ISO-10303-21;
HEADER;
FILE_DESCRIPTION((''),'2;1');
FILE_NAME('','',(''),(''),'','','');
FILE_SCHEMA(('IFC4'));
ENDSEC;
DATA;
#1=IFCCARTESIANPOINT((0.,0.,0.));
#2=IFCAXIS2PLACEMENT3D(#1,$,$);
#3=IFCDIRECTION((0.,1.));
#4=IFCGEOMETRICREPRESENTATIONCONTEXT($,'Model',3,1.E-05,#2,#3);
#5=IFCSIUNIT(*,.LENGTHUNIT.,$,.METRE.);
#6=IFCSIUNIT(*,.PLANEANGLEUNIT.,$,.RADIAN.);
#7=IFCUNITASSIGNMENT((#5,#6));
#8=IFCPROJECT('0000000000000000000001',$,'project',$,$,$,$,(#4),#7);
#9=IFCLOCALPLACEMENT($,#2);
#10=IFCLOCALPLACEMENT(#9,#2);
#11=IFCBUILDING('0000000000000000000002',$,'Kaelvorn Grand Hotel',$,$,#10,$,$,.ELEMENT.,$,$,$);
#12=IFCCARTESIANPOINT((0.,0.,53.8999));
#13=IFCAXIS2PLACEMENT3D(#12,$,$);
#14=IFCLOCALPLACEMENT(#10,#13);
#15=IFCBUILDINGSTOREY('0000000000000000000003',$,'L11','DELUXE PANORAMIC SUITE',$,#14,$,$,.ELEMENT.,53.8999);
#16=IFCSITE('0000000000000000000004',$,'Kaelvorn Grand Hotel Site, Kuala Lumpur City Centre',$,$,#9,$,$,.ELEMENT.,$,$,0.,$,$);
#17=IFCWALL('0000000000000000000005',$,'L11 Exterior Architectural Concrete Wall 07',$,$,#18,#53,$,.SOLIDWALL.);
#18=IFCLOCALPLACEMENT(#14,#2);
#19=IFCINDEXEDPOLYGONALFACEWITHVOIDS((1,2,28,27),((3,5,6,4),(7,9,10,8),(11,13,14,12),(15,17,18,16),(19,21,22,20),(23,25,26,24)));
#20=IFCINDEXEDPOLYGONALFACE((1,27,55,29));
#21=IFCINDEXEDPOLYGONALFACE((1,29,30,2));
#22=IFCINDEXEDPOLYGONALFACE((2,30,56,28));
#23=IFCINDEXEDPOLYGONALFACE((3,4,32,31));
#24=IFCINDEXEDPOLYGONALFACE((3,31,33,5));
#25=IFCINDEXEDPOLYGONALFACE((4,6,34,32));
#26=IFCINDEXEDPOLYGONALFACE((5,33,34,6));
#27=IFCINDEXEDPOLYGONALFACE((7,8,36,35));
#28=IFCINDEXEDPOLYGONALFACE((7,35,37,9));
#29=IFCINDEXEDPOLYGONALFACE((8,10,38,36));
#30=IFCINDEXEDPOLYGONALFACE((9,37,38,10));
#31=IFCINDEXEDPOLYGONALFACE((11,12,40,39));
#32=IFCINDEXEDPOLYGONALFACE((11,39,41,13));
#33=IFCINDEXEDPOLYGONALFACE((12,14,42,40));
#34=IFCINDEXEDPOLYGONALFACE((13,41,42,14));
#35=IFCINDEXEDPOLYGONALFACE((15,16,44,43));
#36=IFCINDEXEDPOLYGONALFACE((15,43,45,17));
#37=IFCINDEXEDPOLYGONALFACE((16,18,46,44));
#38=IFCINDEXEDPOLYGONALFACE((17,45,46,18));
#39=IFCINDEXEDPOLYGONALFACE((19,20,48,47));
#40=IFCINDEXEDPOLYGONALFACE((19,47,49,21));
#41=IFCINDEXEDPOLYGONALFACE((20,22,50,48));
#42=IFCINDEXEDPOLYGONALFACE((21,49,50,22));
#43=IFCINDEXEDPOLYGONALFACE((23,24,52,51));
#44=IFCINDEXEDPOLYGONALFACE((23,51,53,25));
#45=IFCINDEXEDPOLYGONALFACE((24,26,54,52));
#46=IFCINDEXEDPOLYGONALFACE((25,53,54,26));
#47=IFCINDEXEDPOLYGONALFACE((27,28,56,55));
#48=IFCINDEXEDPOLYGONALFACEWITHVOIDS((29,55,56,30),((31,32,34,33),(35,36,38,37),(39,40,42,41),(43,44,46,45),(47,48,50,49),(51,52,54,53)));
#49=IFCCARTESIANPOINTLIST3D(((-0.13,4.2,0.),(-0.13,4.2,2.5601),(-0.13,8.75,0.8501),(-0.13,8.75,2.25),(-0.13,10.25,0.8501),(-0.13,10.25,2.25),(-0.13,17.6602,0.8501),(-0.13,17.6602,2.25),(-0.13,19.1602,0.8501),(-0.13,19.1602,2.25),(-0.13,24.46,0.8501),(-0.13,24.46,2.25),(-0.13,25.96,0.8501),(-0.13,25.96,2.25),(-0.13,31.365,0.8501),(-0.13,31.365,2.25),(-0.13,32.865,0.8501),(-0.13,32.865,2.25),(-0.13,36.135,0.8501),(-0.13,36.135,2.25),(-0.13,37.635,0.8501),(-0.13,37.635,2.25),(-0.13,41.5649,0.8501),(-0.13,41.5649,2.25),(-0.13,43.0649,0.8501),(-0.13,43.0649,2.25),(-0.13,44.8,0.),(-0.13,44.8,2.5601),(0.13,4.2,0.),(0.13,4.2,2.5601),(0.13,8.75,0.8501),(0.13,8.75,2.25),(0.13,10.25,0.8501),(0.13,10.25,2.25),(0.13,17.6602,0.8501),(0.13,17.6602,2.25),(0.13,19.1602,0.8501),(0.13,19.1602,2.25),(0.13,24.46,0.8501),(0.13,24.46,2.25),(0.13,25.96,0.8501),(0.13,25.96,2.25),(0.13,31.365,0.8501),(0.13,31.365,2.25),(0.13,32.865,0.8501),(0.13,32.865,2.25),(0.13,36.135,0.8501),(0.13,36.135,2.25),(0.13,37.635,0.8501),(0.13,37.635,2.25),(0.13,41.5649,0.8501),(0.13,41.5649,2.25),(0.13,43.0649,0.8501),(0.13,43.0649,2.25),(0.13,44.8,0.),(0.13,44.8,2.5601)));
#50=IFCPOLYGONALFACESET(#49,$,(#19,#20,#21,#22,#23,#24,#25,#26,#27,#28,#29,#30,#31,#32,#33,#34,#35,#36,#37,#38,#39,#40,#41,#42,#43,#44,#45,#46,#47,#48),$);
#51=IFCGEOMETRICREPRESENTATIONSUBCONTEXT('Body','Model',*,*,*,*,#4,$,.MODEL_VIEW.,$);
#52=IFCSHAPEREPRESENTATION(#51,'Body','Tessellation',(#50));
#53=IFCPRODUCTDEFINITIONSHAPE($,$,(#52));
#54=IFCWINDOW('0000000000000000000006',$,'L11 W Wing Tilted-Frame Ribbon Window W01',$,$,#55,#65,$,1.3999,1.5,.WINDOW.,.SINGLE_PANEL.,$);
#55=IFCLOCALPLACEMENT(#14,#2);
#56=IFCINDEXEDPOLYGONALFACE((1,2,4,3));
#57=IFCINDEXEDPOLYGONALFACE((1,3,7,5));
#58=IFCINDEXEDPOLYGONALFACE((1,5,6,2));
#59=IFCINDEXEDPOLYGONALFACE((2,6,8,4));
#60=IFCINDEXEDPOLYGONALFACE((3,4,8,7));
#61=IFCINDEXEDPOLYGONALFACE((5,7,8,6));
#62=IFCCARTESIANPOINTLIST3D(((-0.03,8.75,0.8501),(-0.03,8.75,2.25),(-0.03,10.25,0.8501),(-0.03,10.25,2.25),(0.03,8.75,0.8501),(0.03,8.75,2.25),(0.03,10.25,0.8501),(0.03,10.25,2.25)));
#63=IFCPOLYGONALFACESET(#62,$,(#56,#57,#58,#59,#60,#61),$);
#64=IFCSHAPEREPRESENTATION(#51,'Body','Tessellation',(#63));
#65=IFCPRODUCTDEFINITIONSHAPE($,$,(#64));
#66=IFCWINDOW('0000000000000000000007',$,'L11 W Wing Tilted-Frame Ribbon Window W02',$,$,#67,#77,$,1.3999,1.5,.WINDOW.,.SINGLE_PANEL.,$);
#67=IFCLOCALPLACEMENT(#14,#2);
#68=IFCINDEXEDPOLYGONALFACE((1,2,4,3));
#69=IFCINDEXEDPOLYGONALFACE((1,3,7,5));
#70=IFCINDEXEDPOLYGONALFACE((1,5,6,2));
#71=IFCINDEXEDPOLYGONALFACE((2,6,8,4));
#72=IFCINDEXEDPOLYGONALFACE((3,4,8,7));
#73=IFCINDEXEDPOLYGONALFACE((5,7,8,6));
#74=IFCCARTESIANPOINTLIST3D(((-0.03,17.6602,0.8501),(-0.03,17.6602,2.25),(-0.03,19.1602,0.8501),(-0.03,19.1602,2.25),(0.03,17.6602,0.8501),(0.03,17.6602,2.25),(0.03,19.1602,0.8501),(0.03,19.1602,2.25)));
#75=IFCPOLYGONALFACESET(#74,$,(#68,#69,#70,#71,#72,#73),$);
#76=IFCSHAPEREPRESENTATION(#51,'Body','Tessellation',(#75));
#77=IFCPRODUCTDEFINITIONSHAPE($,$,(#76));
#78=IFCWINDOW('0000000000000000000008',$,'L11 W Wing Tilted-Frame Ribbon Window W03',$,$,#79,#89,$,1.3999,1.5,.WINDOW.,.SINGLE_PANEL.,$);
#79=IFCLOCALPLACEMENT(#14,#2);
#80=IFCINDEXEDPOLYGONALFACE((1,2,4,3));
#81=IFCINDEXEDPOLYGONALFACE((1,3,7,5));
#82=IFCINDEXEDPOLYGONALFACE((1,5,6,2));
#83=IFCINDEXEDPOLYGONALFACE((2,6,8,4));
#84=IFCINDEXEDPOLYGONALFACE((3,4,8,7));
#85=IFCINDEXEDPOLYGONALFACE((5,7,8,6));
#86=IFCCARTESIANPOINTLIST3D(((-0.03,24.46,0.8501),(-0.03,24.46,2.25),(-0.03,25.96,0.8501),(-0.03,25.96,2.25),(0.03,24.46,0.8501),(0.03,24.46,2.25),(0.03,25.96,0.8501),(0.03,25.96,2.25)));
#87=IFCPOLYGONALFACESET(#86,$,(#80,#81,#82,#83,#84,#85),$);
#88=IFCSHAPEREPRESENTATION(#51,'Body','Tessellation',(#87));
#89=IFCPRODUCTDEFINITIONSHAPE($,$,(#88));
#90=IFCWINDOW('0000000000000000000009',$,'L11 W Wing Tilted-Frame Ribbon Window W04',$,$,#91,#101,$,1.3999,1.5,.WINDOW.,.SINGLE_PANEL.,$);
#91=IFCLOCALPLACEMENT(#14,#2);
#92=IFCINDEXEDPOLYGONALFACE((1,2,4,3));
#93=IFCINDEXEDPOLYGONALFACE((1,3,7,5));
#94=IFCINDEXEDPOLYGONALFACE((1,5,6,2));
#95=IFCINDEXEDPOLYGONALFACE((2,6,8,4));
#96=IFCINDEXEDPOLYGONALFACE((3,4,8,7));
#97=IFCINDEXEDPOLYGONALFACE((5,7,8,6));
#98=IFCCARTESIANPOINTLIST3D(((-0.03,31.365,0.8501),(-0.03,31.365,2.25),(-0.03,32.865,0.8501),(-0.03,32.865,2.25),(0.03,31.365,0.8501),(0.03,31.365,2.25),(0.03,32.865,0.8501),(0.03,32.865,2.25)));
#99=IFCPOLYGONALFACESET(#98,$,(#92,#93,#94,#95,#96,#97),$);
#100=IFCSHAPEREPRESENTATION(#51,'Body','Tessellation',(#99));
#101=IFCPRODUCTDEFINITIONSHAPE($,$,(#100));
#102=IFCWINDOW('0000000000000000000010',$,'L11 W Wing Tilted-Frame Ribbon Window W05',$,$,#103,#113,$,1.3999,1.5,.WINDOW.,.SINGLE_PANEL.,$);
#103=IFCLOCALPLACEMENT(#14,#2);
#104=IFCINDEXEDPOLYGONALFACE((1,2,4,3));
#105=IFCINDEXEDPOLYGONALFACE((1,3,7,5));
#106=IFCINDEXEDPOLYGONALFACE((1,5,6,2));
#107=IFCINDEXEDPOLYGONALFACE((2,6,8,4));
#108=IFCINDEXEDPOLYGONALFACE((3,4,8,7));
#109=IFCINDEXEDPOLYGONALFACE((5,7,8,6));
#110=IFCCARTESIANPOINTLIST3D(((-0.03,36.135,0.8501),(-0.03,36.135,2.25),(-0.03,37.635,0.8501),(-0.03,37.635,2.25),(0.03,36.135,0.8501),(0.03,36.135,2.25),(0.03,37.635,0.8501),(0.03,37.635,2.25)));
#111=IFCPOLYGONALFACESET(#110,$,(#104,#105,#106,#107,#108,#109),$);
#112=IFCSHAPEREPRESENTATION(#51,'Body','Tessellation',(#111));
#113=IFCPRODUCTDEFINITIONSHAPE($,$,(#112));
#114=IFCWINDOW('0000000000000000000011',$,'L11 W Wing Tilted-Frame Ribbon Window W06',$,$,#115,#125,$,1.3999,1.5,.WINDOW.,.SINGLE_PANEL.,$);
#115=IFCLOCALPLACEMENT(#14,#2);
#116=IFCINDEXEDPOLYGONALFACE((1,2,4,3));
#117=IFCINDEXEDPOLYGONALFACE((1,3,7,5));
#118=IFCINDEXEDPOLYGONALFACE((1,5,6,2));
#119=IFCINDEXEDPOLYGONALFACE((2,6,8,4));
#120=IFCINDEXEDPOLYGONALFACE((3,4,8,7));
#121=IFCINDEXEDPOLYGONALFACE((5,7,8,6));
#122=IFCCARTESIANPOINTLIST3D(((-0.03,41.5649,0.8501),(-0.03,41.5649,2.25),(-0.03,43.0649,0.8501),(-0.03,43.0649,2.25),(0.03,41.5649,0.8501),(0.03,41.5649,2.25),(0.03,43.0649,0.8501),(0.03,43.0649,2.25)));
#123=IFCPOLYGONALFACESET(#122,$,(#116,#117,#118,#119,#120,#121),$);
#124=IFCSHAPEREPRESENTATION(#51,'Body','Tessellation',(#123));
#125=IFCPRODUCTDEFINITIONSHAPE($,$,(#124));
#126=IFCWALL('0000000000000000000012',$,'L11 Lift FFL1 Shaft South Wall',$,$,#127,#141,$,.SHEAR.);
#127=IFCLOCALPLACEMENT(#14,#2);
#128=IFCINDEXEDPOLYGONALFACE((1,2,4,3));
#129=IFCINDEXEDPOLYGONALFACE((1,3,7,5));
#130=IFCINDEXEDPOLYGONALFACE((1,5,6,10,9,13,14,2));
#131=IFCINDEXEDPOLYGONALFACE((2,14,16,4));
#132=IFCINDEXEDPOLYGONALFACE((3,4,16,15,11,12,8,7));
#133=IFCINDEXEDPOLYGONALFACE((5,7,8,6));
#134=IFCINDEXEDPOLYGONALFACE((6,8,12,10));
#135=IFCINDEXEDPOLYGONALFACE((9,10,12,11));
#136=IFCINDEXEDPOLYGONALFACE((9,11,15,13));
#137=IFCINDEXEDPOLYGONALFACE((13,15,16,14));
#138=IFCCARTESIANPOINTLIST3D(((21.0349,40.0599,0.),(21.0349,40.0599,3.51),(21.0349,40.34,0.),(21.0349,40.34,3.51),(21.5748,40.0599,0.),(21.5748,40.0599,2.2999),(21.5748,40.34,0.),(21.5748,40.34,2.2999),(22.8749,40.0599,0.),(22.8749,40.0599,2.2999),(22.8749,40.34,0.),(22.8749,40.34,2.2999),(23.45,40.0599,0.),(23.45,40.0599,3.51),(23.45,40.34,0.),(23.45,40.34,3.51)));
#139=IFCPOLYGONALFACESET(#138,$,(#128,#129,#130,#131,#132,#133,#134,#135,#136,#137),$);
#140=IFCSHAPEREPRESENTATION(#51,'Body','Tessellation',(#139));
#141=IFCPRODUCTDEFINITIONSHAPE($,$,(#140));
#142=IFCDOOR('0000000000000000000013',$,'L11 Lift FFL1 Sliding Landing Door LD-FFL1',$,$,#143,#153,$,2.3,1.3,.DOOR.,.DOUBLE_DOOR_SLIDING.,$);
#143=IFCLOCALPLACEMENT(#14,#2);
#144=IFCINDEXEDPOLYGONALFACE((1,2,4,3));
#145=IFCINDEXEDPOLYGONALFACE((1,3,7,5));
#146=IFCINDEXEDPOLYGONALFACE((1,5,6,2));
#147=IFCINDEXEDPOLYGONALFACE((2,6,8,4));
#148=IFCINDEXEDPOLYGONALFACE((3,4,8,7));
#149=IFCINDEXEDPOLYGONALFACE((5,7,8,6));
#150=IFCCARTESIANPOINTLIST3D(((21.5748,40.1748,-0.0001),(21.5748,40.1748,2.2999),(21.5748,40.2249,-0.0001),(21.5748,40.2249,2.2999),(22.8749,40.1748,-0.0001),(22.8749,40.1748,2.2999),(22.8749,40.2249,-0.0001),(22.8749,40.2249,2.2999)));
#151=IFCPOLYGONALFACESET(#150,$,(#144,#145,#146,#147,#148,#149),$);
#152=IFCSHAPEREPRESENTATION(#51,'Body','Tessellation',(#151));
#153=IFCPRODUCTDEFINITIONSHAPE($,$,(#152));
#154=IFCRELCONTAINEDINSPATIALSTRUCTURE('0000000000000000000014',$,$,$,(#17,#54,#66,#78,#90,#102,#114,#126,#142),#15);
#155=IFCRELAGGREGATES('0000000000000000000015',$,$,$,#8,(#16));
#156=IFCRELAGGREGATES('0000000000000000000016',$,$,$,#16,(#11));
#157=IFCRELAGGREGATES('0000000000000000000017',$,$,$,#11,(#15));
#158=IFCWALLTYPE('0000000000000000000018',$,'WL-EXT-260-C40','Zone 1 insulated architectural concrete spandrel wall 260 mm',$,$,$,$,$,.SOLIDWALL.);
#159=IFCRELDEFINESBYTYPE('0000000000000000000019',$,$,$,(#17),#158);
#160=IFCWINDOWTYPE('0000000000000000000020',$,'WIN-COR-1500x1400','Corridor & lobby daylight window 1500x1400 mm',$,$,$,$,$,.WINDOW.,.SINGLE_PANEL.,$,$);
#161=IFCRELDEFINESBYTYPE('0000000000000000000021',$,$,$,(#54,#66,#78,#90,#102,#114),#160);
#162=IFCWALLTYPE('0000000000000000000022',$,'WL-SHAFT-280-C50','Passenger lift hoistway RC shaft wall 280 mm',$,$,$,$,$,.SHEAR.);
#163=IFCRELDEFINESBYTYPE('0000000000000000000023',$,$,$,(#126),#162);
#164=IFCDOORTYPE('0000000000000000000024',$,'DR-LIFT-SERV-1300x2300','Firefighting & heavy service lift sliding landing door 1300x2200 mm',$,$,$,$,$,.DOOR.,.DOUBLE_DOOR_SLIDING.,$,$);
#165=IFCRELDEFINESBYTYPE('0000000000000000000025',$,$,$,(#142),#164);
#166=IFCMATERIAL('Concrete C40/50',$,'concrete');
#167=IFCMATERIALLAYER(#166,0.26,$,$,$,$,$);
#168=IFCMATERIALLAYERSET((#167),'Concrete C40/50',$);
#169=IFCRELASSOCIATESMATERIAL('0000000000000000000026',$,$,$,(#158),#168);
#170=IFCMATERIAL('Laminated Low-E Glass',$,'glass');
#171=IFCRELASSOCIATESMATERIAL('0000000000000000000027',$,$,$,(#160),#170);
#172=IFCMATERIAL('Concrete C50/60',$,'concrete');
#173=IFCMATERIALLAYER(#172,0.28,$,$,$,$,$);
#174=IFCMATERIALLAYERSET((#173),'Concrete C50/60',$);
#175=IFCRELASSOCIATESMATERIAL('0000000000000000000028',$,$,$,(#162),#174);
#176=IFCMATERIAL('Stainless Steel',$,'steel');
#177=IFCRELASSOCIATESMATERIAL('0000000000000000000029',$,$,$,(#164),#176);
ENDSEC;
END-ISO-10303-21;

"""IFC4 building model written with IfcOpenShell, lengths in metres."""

from ifc_helpers import new_model, si_unit, direction, frame, frame_2d, origin, place, context, subcontext, project, spatial, rectangle, extrude, material, layer, layer_set, type_object, element, fill, save


model = new_model("IFC4")

# Units and contexts
model_context = context("Model", 3, precision=1e-05, world=origin(), true_north=direction((0.0, 1.0)))
body_context = subcontext(model_context, "Body", "Model", "MODEL_VIEW")
ifc_project = project(units=[si_unit("LENGTHUNIT", "METRE"), si_unit("PLANEANGLEUNIT", "RADIAN")], contexts=[model_context])

# Site, building, storey
site_placement = place(None, origin())
site = spatial("IfcSite", under=ifc_project, at=site_placement, Name="Kaelvorn Grand Hotel Site, Kuala Lumpur City Centre", CompositionType="ELEMENT", RefElevation=0.0)
building_placement = place(site_placement, origin())
building = spatial("IfcBuilding", under=site, at=building_placement, Name="Kaelvorn Grand Hotel", CompositionType="ELEMENT")
storey_placement = place(building_placement, frame((0.0, 0.0, 53.8999)))
storey = spatial("IfcBuildingStorey", under=building, at=storey_placement, Name="L11", Description="DELUXE PANORAMIC SUITE", CompositionType="ELEMENT", Elevation=53.8999)

# Shared definitions
ifc_material_1 = material(Name="Concrete C40/50", Category="concrete")
ifc_layer_1 = layer(ifc_material_1, 0.26)
ifc_layer_set_1 = layer_set([ifc_layer_1], Name="Concrete C40/50")
wall_type_1 = type_object("IfcWallType", Name="WL-EXT-260-C40", Description="Zone 1 insulated architectural concrete spandrel wall 260 mm", PredefinedType="SOLIDWALL", material=ifc_layer_set_1)

# Wall, openings, windows
wall_1_placement = place(storey_placement, frame((0.0, 44.8, 0.0), z_axis=(0.0, 0.0, 1.0), x_axis=(0.0, -1.0, 0.0)))
wall_1 = element("IfcWall", 1, at=wall_1_placement, inside=storey, type_object=wall_type_1, Name="L11 Exterior Architectural Concrete Wall 07", PredefinedType="SOLIDWALL", context=body_context, shape_type="SweptSolid", body=[
    extrude(rectangle(XDim=40.6001, YDim=0.26, at=frame_2d((20.3, 0.0))), origin(), (0.0, 0.0, 1.0), 2.5601),
])
opening_1_placement = place(wall_1_placement, frame((34.55, 0.0, 0.8501)))
opening_1 = element("IfcOpeningElement", 2, at=opening_1_placement, cuts=wall_1, PredefinedType="OPENING", context=body_context, shape_type="SweptSolid", body=[
    extrude(rectangle(XDim=1.5, YDim=1.3999, at=frame_2d((0.75, 0.7))), frame((0.0, 0.1401, 0.0), z_axis=(0.0, -1.0, 0.0), x_axis=(1.0, 0.0, 0.0)), (0.0, 0.0, 1.0), 0.28),
])
opening_2_placement = place(wall_1_placement, frame((25.6399, 0.0, 0.8501)))
opening_2 = element("IfcOpeningElement", 3, at=opening_2_placement, cuts=wall_1, PredefinedType="OPENING", context=body_context, shape_type="SweptSolid", body=[
    extrude(rectangle(XDim=1.5, YDim=1.3999, at=frame_2d((0.75, 0.7))), frame((0.0, 0.1401, 0.0), z_axis=(0.0, -1.0, 0.0), x_axis=(1.0, 0.0, 0.0)), (0.0, 0.0, 1.0), 0.28),
])
opening_3_placement = place(wall_1_placement, frame((18.8401, 0.0, 0.8501)))
opening_3 = element("IfcOpeningElement", 4, at=opening_3_placement, cuts=wall_1, PredefinedType="OPENING", context=body_context, shape_type="SweptSolid", body=[
    extrude(rectangle(XDim=1.5, YDim=1.3999, at=frame_2d((0.75, 0.7))), frame((0.0, 0.1401, 0.0), z_axis=(0.0, -1.0, 0.0), x_axis=(1.0, 0.0, 0.0)), (0.0, 0.0, 1.0), 0.28),
])
opening_4_placement = place(wall_1_placement, frame((11.9351, 0.0, 0.8501)))
opening_4 = element("IfcOpeningElement", 5, at=opening_4_placement, cuts=wall_1, PredefinedType="OPENING", context=body_context, shape_type="SweptSolid", body=[
    extrude(rectangle(XDim=1.5, YDim=1.3999, at=frame_2d((0.75, 0.7))), frame((0.0, 0.1401, 0.0), z_axis=(0.0, -1.0, 0.0), x_axis=(1.0, 0.0, 0.0)), (0.0, 0.0, 1.0), 0.28),
])
opening_5_placement = place(wall_1_placement, frame((7.165, 0.0, 0.8501)))
opening_5 = element("IfcOpeningElement", 6, at=opening_5_placement, cuts=wall_1, PredefinedType="OPENING", context=body_context, shape_type="SweptSolid", body=[
    extrude(rectangle(XDim=1.5, YDim=1.3999, at=frame_2d((0.75, 0.7))), frame((0.0, 0.1401, 0.0), z_axis=(0.0, -1.0, 0.0), x_axis=(1.0, 0.0, 0.0)), (0.0, 0.0, 1.0), 0.28),
])
opening_6_placement = place(wall_1_placement, frame((1.7351, 0.0, 0.8501)))
opening_6 = element("IfcOpeningElement", 7, at=opening_6_placement, cuts=wall_1, PredefinedType="OPENING", context=body_context, shape_type="SweptSolid", body=[
    extrude(rectangle(XDim=1.5, YDim=1.3999, at=frame_2d((0.75, 0.7))), frame((0.0, 0.1401, 0.0), z_axis=(0.0, -1.0, 0.0), x_axis=(1.0, 0.0, 0.0)), (0.0, 0.0, 1.0), 0.28),
])
ifc_material_2 = material(Name="Laminated Low-E Glass", Category="glass")
window_type = type_object("IfcWindowType", Name="WIN-COR-1500x1400", Description="Corridor & lobby daylight window 1500x1400 mm", PartitioningType="SINGLE_PANEL", PredefinedType="WINDOW", material=ifc_material_2)
window_1_placement = place(opening_1_placement, origin())
window_1 = element("IfcWindow", 8, at=window_1_placement, inside=storey, type_object=window_type, Name="L11 W Wing Tilted-Frame Ribbon Window W01", OverallHeight=1.3999, OverallWidth=1.5, PartitioningType="SINGLE_PANEL", PredefinedType="WINDOW", context=body_context, shape_type="SweptSolid", body=[
    extrude(rectangle(XDim=1.5, YDim=1.3999, at=frame_2d((0.75, 0.7))), frame((0.0, 0.03, 0.0), z_axis=(0.0, -1.0, 0.0), x_axis=(1.0, 0.0, 0.0)), (0.0, 0.0, 1.0), 0.0601),
])
fill(opening_1, window_1)
window_2_placement = place(opening_2_placement, origin())
window_2 = element("IfcWindow", 9, at=window_2_placement, inside=storey, type_object=window_type, Name="L11 W Wing Tilted-Frame Ribbon Window W02", OverallHeight=1.3999, OverallWidth=1.5, PartitioningType="SINGLE_PANEL", PredefinedType="WINDOW", context=body_context, shape_type="SweptSolid", body=[
    extrude(rectangle(XDim=1.5, YDim=1.3999, at=frame_2d((0.75, 0.7))), frame((0.0, 0.03, 0.0), z_axis=(0.0, -1.0, 0.0), x_axis=(1.0, 0.0, 0.0)), (0.0, 0.0, 1.0), 0.0601),
])
fill(opening_2, window_2)
window_3_placement = place(opening_3_placement, origin())
window_3 = element("IfcWindow", 10, at=window_3_placement, inside=storey, type_object=window_type, Name="L11 W Wing Tilted-Frame Ribbon Window W03", OverallHeight=1.3999, OverallWidth=1.5, PartitioningType="SINGLE_PANEL", PredefinedType="WINDOW", context=body_context, shape_type="SweptSolid", body=[
    extrude(rectangle(XDim=1.5, YDim=1.3999, at=frame_2d((0.75, 0.7))), frame((0.0, 0.03, 0.0), z_axis=(0.0, -1.0, 0.0), x_axis=(1.0, 0.0, 0.0)), (0.0, 0.0, 1.0), 0.0601),
])
fill(opening_3, window_3)
window_4_placement = place(opening_4_placement, origin())
window_4 = element("IfcWindow", 11, at=window_4_placement, inside=storey, type_object=window_type, Name="L11 W Wing Tilted-Frame Ribbon Window W04", OverallHeight=1.3999, OverallWidth=1.5, PartitioningType="SINGLE_PANEL", PredefinedType="WINDOW", context=body_context, shape_type="SweptSolid", body=[
    extrude(rectangle(XDim=1.5, YDim=1.3999, at=frame_2d((0.75, 0.7))), frame((0.0, 0.03, 0.0), z_axis=(0.0, -1.0, 0.0), x_axis=(1.0, 0.0, 0.0)), (0.0, 0.0, 1.0), 0.0601),
])
fill(opening_4, window_4)
window_5_placement = place(opening_5_placement, origin())
window_5 = element("IfcWindow", 12, at=window_5_placement, inside=storey, type_object=window_type, Name="L11 W Wing Tilted-Frame Ribbon Window W05", OverallHeight=1.3999, OverallWidth=1.5, PartitioningType="SINGLE_PANEL", PredefinedType="WINDOW", context=body_context, shape_type="SweptSolid", body=[
    extrude(rectangle(XDim=1.5, YDim=1.3999, at=frame_2d((0.75, 0.7))), frame((0.0, 0.03, 0.0), z_axis=(0.0, -1.0, 0.0), x_axis=(1.0, 0.0, 0.0)), (0.0, 0.0, 1.0), 0.0601),
])
fill(opening_5, window_5)
window_6_placement = place(opening_6_placement, origin())
window_6 = element("IfcWindow", 13, at=window_6_placement, inside=storey, type_object=window_type, Name="L11 W Wing Tilted-Frame Ribbon Window W06", OverallHeight=1.3999, OverallWidth=1.5, PartitioningType="SINGLE_PANEL", PredefinedType="WINDOW", context=body_context, shape_type="SweptSolid", body=[
    extrude(rectangle(XDim=1.5, YDim=1.3999, at=frame_2d((0.75, 0.7))), frame((0.0, 0.03, 0.0), z_axis=(0.0, -1.0, 0.0), x_axis=(1.0, 0.0, 0.0)), (0.0, 0.0, 1.0), 0.0601),
])
fill(opening_6, window_6)

# Wall, opening, door
ifc_material_3 = material(Name="Concrete C50/60", Category="concrete")
ifc_layer_2 = layer(ifc_material_3, 0.28)
ifc_layer_set_2 = layer_set([ifc_layer_2], Name="Concrete C50/60")
wall_type_2 = type_object("IfcWallType", Name="WL-SHAFT-280-C50", Description="Passenger lift hoistway RC shaft wall 280 mm", PredefinedType="SHEAR", material=ifc_layer_set_2)
wall_2_placement = place(storey_placement, frame((21.0349, 40.2, 0.0), z_axis=(0.0, 0.0, 1.0), x_axis=(1.0, 0.0, 0.0)))
wall_2 = element("IfcWall", 14, at=wall_2_placement, inside=storey, type_object=wall_type_2, Name="L11 Lift FFL1 Shaft South Wall", PredefinedType="SHEAR", context=body_context, shape_type="SweptSolid", body=[
    extrude(rectangle(XDim=2.415, YDim=0.28, at=frame_2d((1.2075, 0.0))), origin(), (0.0, 0.0, 1.0), 3.51),
])
opening_7_placement = place(wall_2_placement, frame((0.54, 0.0, 0.0)))
opening_7 = element("IfcOpeningElement", 15, at=opening_7_placement, cuts=wall_2, PredefinedType="OPENING", context=body_context, shape_type="SweptSolid", body=[
    extrude(rectangle(XDim=1.3, YDim=2.3, at=frame_2d((0.6499, 1.1499))), frame((0.0, 0.1499, 0.0), z_axis=(0.0, -1.0, 0.0), x_axis=(1.0, 0.0, 0.0)), (0.0, 0.0, 1.0), 0.3),
])
ifc_material_4 = material(Name="Stainless Steel", Category="steel")
door_type = type_object("IfcDoorType", Name="DR-LIFT-SERV-1300x2300", Description="Firefighting & heavy service lift sliding landing door 1300x2200 mm", OperationType="DOUBLE_DOOR_SLIDING", PredefinedType="DOOR", material=ifc_material_4)
door_placement = place(opening_7_placement, origin())
door = element("IfcDoor", 16, at=door_placement, inside=storey, type_object=door_type, Name="L11 Lift FFL1 Sliding Landing Door LD-FFL1", OperationType="DOUBLE_DOOR_SLIDING", OverallHeight=2.3, OverallWidth=1.3, PredefinedType="DOOR", context=body_context, shape_type="SweptSolid", body=[
    extrude(rectangle(XDim=1.3, YDim=2.3, at=frame_2d((0.6499, 1.1499))), frame((0.0, 0.0249, 0.0), z_axis=(0.0, -1.0, 0.0), x_axis=(1.0, 0.0, 0.0)), (0.0, 0.0, 1.0), 0.05),
])
fill(opening_7, door)

save(model, "model.ifc")
